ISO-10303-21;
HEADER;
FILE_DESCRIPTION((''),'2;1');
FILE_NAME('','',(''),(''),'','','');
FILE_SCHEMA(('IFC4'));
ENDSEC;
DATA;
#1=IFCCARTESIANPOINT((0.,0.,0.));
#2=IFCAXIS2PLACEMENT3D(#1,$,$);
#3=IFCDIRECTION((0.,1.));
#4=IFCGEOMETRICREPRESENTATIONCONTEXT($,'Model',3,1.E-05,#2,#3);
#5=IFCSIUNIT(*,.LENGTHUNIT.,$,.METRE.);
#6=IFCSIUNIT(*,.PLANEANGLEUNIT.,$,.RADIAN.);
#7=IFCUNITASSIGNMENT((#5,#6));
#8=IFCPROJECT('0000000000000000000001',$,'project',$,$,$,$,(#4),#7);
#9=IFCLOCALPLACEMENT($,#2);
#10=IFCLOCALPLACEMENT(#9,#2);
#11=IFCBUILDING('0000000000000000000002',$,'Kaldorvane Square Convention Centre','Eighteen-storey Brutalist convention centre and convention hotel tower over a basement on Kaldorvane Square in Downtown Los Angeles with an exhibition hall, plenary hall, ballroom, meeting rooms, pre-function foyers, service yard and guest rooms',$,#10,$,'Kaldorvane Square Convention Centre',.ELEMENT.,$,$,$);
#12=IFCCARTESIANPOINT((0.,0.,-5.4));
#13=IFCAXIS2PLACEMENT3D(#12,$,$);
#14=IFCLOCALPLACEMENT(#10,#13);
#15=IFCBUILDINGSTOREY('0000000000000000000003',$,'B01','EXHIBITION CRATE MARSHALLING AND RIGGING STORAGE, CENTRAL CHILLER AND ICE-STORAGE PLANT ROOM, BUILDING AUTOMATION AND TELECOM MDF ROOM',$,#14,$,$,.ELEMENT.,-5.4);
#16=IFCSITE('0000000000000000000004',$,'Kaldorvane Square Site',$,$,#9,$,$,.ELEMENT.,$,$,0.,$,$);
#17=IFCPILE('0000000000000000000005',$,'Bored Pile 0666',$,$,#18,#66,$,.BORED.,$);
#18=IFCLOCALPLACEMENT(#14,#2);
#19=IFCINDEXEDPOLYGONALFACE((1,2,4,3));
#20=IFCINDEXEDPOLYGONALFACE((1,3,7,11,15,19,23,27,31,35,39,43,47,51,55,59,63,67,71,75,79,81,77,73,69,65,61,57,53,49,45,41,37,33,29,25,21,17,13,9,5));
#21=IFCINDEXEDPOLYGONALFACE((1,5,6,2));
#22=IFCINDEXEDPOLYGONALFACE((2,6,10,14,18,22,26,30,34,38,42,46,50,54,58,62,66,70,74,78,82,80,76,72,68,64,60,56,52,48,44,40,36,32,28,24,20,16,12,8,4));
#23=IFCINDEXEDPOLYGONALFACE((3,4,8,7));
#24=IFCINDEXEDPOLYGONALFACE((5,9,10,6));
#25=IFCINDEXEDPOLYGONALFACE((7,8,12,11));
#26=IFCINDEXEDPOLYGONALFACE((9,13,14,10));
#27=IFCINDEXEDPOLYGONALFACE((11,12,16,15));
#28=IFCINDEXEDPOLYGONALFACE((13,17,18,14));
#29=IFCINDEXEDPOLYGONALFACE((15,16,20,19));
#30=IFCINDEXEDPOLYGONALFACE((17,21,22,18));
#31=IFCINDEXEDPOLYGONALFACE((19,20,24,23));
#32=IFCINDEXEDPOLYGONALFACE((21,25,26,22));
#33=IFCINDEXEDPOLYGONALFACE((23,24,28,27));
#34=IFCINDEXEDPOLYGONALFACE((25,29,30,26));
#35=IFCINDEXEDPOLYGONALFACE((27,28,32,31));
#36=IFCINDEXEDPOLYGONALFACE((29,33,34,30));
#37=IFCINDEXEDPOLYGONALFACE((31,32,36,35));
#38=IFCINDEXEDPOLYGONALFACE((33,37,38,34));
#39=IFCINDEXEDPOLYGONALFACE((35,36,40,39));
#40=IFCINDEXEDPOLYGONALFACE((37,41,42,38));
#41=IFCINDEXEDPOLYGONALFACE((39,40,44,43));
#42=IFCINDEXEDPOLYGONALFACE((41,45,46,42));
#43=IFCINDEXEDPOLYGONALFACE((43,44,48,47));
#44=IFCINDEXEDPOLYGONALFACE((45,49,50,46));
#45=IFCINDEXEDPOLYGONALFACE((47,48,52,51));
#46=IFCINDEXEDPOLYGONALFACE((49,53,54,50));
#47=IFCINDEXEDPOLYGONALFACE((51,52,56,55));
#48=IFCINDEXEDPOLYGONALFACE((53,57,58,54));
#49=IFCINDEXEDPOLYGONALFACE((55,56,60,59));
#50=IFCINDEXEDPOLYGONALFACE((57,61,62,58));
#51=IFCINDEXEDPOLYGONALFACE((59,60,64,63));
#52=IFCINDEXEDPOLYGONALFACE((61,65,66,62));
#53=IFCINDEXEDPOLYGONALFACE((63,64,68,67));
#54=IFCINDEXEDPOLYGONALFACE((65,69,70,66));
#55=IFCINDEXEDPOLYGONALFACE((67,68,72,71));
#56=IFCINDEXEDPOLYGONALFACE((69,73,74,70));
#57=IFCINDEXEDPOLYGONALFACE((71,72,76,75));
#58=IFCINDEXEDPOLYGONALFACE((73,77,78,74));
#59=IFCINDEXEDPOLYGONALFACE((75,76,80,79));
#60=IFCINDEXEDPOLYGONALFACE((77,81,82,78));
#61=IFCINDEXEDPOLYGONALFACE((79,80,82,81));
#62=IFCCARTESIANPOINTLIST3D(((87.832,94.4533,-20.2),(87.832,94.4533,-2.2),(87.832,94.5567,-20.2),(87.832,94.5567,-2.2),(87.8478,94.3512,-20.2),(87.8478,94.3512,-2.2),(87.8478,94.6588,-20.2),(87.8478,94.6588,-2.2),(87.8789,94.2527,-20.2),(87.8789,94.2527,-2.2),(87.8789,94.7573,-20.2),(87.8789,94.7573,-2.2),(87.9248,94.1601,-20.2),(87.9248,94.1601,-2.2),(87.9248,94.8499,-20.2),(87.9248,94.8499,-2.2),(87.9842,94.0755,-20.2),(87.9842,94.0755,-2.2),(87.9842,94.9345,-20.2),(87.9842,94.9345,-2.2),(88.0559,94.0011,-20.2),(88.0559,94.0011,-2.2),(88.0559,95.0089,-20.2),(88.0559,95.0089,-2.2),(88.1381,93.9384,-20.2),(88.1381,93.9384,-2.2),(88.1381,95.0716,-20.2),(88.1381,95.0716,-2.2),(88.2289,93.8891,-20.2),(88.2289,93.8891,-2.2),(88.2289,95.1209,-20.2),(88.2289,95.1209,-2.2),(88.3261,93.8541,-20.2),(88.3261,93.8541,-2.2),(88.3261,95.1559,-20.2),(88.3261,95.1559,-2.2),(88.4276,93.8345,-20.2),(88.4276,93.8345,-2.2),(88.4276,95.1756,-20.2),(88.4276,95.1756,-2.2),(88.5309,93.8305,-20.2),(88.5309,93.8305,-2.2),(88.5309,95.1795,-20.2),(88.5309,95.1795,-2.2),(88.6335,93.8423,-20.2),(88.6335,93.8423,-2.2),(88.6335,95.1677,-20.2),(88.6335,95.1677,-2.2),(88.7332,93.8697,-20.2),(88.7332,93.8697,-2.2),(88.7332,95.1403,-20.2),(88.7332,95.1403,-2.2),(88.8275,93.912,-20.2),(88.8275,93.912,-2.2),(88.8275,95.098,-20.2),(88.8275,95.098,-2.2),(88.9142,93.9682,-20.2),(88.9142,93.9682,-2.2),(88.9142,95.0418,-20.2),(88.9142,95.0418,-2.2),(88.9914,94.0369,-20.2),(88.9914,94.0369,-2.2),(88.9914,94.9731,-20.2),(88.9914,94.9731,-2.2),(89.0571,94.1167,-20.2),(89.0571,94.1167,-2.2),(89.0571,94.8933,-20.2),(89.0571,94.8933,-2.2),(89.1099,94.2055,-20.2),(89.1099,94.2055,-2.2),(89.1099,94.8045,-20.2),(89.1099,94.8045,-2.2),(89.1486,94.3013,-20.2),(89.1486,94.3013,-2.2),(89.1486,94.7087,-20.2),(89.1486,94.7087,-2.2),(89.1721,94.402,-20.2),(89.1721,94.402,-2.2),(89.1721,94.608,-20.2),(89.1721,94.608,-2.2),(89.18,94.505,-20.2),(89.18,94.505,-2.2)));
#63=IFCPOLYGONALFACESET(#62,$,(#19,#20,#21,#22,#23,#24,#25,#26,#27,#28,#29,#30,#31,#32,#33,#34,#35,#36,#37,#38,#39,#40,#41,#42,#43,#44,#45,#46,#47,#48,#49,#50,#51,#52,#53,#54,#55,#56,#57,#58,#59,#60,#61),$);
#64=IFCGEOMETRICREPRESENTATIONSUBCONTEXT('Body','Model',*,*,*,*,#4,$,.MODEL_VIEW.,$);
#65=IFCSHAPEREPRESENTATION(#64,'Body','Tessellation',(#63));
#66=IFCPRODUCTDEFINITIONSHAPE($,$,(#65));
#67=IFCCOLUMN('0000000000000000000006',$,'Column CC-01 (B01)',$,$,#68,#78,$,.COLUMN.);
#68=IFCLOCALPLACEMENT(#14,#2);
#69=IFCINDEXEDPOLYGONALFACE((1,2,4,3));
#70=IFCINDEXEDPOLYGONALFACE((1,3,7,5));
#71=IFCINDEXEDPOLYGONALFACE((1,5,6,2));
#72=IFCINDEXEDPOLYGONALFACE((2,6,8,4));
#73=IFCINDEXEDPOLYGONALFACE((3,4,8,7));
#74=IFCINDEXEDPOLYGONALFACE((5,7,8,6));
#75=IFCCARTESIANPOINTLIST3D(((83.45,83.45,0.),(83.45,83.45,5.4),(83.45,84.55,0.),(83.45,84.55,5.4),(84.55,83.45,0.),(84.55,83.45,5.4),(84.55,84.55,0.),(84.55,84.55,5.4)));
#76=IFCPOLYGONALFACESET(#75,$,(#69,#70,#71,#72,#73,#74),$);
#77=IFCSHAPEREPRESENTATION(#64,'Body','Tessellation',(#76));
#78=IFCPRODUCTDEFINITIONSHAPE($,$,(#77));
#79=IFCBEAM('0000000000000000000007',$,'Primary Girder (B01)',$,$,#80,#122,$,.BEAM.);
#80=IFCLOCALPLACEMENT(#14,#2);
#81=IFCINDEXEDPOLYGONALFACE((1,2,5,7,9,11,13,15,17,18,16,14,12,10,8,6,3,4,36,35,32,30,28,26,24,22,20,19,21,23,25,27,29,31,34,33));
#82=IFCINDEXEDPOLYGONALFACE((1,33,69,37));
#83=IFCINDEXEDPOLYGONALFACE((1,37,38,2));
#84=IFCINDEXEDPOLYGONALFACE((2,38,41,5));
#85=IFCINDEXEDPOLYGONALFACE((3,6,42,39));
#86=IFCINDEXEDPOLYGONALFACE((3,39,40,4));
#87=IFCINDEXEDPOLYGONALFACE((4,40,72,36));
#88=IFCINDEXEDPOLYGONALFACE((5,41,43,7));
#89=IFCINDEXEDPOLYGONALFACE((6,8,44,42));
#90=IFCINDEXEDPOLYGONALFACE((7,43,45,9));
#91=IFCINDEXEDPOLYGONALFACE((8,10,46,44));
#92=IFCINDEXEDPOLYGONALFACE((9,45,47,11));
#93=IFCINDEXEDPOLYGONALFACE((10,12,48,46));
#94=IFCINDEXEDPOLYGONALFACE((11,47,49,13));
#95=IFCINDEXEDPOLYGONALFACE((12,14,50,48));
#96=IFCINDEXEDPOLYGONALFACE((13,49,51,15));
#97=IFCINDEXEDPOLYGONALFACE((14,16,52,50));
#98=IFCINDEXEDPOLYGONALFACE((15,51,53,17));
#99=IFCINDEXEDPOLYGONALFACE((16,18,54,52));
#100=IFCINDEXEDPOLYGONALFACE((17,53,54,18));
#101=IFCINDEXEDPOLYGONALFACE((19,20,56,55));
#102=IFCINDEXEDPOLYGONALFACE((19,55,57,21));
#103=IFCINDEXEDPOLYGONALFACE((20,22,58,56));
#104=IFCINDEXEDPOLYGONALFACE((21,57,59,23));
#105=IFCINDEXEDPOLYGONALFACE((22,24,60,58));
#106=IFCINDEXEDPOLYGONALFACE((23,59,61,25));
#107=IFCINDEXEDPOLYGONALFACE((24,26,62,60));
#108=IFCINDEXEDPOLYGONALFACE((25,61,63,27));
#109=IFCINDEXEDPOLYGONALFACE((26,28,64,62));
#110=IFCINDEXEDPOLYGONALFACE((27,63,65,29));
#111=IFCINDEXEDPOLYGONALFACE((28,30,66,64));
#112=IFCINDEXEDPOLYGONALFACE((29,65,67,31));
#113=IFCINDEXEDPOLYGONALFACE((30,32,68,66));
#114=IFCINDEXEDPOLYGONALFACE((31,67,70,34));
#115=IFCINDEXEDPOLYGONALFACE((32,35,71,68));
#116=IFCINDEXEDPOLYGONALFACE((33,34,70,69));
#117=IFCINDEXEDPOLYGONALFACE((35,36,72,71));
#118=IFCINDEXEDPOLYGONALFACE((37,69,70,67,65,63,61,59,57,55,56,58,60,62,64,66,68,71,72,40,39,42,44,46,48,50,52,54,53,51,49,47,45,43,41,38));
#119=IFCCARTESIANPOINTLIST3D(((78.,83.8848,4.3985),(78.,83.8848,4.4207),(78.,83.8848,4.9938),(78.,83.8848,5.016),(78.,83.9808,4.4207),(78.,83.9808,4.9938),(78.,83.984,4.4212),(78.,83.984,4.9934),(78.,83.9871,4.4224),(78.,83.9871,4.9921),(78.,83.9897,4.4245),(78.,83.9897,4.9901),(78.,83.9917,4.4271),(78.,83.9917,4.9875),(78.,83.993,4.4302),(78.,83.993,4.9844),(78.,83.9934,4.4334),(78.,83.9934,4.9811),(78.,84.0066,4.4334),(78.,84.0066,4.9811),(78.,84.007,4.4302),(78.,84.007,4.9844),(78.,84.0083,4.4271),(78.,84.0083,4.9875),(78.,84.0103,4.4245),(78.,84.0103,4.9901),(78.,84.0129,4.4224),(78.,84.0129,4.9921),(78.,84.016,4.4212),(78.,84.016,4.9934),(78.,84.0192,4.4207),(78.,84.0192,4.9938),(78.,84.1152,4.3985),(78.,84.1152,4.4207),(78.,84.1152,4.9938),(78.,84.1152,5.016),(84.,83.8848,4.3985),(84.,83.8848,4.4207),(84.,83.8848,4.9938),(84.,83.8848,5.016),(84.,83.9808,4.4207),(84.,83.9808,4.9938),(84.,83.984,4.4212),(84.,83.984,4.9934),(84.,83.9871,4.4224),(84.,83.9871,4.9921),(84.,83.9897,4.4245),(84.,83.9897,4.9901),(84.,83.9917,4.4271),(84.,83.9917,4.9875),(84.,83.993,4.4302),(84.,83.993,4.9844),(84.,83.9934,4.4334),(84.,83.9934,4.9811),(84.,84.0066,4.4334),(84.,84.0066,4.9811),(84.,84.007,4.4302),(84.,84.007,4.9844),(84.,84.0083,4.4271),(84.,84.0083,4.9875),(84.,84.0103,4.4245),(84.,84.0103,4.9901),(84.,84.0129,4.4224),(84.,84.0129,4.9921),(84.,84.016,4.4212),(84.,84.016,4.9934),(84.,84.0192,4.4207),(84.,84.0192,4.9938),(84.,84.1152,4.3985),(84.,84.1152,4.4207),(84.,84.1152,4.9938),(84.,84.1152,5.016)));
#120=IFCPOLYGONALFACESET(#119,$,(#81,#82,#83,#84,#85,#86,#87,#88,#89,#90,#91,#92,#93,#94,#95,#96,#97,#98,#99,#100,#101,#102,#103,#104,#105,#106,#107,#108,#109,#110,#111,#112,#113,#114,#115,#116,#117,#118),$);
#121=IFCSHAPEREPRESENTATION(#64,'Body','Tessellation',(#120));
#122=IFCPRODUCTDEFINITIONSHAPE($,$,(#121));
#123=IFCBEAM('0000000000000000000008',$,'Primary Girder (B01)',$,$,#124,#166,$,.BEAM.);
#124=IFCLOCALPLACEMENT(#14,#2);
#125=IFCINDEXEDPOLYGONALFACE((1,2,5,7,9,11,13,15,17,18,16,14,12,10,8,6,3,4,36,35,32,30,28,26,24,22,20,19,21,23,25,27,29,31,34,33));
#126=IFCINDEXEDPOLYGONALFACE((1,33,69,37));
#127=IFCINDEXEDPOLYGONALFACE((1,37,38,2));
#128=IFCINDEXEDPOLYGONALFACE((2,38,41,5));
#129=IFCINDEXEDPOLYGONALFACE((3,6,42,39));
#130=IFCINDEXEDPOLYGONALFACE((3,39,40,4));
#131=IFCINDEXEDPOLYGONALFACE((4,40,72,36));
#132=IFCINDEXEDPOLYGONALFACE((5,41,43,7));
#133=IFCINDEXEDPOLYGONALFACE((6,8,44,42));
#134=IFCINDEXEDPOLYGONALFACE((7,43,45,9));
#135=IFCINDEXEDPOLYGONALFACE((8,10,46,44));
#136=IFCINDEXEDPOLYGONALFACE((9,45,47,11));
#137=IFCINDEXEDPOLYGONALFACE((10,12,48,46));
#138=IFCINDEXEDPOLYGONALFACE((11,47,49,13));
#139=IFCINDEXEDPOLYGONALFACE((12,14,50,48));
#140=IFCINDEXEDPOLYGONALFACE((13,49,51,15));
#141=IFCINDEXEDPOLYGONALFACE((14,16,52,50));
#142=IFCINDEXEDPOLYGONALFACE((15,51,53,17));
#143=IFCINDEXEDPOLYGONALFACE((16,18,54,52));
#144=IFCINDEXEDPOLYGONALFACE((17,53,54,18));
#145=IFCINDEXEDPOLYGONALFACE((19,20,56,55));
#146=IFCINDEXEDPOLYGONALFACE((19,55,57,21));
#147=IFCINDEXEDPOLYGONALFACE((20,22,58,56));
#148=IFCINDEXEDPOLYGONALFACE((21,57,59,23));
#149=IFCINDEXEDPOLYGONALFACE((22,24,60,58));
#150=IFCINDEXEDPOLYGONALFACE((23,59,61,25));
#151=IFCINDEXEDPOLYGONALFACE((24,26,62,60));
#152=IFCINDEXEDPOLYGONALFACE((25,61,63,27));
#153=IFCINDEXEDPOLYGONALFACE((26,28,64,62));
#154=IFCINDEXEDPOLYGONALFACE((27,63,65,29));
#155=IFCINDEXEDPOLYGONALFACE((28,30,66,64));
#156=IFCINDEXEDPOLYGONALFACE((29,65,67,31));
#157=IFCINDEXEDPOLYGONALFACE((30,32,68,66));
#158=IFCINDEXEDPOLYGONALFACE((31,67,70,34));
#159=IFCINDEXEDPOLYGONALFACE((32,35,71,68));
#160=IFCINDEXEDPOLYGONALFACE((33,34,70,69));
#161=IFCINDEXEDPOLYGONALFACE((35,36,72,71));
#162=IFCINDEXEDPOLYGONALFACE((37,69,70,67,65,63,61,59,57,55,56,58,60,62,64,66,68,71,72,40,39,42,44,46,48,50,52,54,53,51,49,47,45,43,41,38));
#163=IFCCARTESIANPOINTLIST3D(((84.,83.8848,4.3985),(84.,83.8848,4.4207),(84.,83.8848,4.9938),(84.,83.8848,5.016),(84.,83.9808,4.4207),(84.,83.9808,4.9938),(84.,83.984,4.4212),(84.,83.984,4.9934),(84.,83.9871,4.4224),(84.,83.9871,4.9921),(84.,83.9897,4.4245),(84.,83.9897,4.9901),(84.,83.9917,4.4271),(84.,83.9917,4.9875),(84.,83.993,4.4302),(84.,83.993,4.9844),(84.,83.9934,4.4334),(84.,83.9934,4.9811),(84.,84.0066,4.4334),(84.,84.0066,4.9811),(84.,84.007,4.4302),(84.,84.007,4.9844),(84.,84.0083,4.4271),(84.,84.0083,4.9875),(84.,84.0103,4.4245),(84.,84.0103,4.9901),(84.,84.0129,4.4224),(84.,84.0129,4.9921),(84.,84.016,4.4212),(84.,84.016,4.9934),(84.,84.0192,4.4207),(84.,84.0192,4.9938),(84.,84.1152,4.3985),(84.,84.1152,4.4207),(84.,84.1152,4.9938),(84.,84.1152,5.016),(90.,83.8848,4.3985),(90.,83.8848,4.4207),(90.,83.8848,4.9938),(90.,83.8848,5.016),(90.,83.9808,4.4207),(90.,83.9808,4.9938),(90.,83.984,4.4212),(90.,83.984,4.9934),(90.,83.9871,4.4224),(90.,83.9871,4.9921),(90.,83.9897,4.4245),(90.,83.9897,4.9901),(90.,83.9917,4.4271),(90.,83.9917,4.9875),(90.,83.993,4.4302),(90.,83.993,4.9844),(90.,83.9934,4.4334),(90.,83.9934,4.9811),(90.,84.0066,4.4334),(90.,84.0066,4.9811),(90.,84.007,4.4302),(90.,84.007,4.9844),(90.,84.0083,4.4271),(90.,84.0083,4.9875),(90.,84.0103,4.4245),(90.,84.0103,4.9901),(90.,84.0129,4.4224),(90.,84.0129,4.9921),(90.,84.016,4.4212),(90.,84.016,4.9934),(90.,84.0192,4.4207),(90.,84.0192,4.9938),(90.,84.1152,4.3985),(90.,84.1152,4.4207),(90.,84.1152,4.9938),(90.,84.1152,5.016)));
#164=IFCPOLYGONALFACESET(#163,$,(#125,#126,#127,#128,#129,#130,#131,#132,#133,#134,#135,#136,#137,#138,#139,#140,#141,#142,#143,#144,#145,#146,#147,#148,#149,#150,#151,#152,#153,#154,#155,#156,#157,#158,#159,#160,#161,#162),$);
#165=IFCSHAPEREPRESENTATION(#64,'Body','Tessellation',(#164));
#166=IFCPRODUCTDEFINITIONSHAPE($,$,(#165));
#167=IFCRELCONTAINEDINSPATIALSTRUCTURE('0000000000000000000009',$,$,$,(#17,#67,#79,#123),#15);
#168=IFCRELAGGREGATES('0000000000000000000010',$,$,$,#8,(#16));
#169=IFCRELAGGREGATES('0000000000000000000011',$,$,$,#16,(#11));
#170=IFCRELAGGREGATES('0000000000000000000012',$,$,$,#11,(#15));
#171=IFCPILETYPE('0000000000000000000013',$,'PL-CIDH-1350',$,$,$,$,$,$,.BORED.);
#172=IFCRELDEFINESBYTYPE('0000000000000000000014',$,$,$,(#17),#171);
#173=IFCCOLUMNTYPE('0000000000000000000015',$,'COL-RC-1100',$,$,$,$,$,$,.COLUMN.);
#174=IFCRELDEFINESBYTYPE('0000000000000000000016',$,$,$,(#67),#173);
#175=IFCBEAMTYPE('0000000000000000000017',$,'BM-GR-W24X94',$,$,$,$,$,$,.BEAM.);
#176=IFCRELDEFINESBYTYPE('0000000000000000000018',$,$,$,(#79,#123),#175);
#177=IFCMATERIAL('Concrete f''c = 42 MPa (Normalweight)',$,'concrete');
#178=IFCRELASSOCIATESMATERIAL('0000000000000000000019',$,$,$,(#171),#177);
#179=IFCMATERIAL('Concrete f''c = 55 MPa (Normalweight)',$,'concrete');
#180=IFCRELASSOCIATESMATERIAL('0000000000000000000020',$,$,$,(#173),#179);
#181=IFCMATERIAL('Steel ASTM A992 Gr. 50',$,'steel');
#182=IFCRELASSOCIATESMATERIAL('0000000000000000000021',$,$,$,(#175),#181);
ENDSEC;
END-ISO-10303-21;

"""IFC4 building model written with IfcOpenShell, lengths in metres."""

from ifc_helpers import new_model, si_unit, direction, frame, origin, origin_2d, place, context, subcontext, project, spatial, rectangle, circle, i_section, extrude, material, material_profile, profile_set, type_object, element, save


model = new_model("IFC4")

# Units and contexts
model_context = context("Model", 3, precision=1e-05, world=origin(), true_north=direction((0.0, 1.0)))
body_context = subcontext(model_context, "Body", "Model", "MODEL_VIEW")
ifc_project = project(units=[si_unit("LENGTHUNIT", "METRE"), si_unit("PLANEANGLEUNIT", "RADIAN")], contexts=[model_context])

# Site, building, storey
site_placement = place(None, origin())
site = spatial("IfcSite", under=ifc_project, at=site_placement, Name="Kaldorvane Square Site", CompositionType="ELEMENT", RefElevation=0.0)
building_placement = place(site_placement, origin())
building = spatial("IfcBuilding", under=site, at=building_placement, Name="Kaldorvane Square Convention Centre", Description="Eighteen-storey Brutalist convention centre and convention hotel tower over a basement on Kaldorvane Square in Downtown Los Angeles with an exhibition hall, plenary hall, ballroom, meeting rooms, pre-function foyers, service yard and guest rooms", LongName="Kaldorvane Square Convention Centre", CompositionType="ELEMENT")
storey_placement = place(building_placement, frame((0.0, 0.0, -5.4)))
storey = spatial("IfcBuildingStorey", under=building, at=storey_placement, Name="B01", Description="EXHIBITION CRATE MARSHALLING AND RIGGING STORAGE, CENTRAL CHILLER AND ICE-STORAGE PLANT ROOM, BUILDING AUTOMATION AND TELECOM MDF ROOM", CompositionType="ELEMENT", Elevation=-5.4)

# Shared definitions
ifc_material_1 = material(Name="Concrete f'c = 42 MPa (Normalweight)", Category="concrete")

# Pile
ifc_material_profile_1 = material_profile(ifc_material_1, circle(Radius=0.675, at=origin_2d()), Name="PILE-D1350")
ifc_profile_set_1 = profile_set([ifc_material_profile_1], Name="Concrete f'c = 42 MPa (Normalweight)")
pile_type_1 = type_object("IfcPileType", Name="PL-CIDH-1350", PredefinedType="BORED", material=ifc_profile_set_1)
for number, where, z_axis, x_axis, name in (
    (1, (88.505, 94.505, -2.2), (0.0, 0.0, -1.0), (1.0, 0.0, 0.0), "Bored Pile 0666"),
):
    element("IfcPile", number, at=place(storey_placement, frame(where, z_axis=z_axis, x_axis=x_axis)), inside=storey, type_object=pile_type_1, Name=name, PredefinedType="BORED", context=body_context, shape_type="SweptSolid", body=[
        extrude(circle(Radius=0.675, at=origin_2d()), origin(), (0.0, 0.0, 1.0), 18.0),
    ])

# Column
ifc_material_2 = material(Name="Concrete f'c = 55 MPa (Normalweight)", Category="concrete")
ifc_material_profile_2 = material_profile(ifc_material_2, rectangle(XDim=1.1, YDim=1.1, at=origin_2d()), Name="RC1100X1100")
ifc_profile_set_2 = profile_set([ifc_material_profile_2], Name="Concrete f'c = 55 MPa (Normalweight)")
column_type = type_object("IfcColumnType", Name="COL-RC-1100", PredefinedType="COLUMN", material=ifc_profile_set_2)
column_placement = place(storey_placement, frame((84.0, 84.0, 0.0), z_axis=(0.0, 0.0, 1.0), x_axis=(1.0, 0.0, 0.0)))
element("IfcColumn", 2, at=column_placement, inside=storey, type_object=column_type, Name="Column CC-01 (B01)", PredefinedType="COLUMN", context=body_context, shape_type="SweptSolid", body=[
    extrude(rectangle(XDim=1.1, YDim=1.1, at=origin_2d()), origin(), (0.0, 0.0, 1.0), 5.4),
])

# Beams
ifc_material_3 = material(Name="Steel ASTM A992 Gr. 50", Category="steel")
ifc_material_profile_3 = material_profile(ifc_material_3, i_section(OverallWidth=0.2303, OverallDepth=0.6175, WebThickness=0.0131, FlangeThickness=0.0222, FilletRadius=0.0127, at=origin_2d()), Name="W24X94")
ifc_profile_set_3 = profile_set([ifc_material_profile_3], Name="Steel ASTM A992 Gr. 50")
beam_type_1 = type_object("IfcBeamType", Name="BM-GR-W24X94", PredefinedType="BEAM", material=ifc_profile_set_3)
for number, where, z_axis, x_axis, name in (
    (3, (78.0, 84.0, 4.7073), (1.0, 0.0, 0.0), (0.0, 1.0, 0.0), "Primary Girder (B01)"),
    (4, (84.0, 84.0, 4.7073), (1.0, 0.0, 0.0), (0.0, 1.0, 0.0), "Primary Girder (B01)"),
):
    element("IfcBeam", number, at=place(storey_placement, frame(where, z_axis=z_axis, x_axis=x_axis)), inside=storey, type_object=beam_type_1, Name=name, PredefinedType="BEAM", context=body_context, shape_type="SweptSolid", body=[
        extrude(i_section(OverallWidth=0.2303, OverallDepth=0.6175, WebThickness=0.0131, FlangeThickness=0.0222, FilletRadius=0.0127, at=origin_2d()), origin(), (0.0, 0.0, 1.0), 6.0),
    ])

save(model, "model.ifc")
